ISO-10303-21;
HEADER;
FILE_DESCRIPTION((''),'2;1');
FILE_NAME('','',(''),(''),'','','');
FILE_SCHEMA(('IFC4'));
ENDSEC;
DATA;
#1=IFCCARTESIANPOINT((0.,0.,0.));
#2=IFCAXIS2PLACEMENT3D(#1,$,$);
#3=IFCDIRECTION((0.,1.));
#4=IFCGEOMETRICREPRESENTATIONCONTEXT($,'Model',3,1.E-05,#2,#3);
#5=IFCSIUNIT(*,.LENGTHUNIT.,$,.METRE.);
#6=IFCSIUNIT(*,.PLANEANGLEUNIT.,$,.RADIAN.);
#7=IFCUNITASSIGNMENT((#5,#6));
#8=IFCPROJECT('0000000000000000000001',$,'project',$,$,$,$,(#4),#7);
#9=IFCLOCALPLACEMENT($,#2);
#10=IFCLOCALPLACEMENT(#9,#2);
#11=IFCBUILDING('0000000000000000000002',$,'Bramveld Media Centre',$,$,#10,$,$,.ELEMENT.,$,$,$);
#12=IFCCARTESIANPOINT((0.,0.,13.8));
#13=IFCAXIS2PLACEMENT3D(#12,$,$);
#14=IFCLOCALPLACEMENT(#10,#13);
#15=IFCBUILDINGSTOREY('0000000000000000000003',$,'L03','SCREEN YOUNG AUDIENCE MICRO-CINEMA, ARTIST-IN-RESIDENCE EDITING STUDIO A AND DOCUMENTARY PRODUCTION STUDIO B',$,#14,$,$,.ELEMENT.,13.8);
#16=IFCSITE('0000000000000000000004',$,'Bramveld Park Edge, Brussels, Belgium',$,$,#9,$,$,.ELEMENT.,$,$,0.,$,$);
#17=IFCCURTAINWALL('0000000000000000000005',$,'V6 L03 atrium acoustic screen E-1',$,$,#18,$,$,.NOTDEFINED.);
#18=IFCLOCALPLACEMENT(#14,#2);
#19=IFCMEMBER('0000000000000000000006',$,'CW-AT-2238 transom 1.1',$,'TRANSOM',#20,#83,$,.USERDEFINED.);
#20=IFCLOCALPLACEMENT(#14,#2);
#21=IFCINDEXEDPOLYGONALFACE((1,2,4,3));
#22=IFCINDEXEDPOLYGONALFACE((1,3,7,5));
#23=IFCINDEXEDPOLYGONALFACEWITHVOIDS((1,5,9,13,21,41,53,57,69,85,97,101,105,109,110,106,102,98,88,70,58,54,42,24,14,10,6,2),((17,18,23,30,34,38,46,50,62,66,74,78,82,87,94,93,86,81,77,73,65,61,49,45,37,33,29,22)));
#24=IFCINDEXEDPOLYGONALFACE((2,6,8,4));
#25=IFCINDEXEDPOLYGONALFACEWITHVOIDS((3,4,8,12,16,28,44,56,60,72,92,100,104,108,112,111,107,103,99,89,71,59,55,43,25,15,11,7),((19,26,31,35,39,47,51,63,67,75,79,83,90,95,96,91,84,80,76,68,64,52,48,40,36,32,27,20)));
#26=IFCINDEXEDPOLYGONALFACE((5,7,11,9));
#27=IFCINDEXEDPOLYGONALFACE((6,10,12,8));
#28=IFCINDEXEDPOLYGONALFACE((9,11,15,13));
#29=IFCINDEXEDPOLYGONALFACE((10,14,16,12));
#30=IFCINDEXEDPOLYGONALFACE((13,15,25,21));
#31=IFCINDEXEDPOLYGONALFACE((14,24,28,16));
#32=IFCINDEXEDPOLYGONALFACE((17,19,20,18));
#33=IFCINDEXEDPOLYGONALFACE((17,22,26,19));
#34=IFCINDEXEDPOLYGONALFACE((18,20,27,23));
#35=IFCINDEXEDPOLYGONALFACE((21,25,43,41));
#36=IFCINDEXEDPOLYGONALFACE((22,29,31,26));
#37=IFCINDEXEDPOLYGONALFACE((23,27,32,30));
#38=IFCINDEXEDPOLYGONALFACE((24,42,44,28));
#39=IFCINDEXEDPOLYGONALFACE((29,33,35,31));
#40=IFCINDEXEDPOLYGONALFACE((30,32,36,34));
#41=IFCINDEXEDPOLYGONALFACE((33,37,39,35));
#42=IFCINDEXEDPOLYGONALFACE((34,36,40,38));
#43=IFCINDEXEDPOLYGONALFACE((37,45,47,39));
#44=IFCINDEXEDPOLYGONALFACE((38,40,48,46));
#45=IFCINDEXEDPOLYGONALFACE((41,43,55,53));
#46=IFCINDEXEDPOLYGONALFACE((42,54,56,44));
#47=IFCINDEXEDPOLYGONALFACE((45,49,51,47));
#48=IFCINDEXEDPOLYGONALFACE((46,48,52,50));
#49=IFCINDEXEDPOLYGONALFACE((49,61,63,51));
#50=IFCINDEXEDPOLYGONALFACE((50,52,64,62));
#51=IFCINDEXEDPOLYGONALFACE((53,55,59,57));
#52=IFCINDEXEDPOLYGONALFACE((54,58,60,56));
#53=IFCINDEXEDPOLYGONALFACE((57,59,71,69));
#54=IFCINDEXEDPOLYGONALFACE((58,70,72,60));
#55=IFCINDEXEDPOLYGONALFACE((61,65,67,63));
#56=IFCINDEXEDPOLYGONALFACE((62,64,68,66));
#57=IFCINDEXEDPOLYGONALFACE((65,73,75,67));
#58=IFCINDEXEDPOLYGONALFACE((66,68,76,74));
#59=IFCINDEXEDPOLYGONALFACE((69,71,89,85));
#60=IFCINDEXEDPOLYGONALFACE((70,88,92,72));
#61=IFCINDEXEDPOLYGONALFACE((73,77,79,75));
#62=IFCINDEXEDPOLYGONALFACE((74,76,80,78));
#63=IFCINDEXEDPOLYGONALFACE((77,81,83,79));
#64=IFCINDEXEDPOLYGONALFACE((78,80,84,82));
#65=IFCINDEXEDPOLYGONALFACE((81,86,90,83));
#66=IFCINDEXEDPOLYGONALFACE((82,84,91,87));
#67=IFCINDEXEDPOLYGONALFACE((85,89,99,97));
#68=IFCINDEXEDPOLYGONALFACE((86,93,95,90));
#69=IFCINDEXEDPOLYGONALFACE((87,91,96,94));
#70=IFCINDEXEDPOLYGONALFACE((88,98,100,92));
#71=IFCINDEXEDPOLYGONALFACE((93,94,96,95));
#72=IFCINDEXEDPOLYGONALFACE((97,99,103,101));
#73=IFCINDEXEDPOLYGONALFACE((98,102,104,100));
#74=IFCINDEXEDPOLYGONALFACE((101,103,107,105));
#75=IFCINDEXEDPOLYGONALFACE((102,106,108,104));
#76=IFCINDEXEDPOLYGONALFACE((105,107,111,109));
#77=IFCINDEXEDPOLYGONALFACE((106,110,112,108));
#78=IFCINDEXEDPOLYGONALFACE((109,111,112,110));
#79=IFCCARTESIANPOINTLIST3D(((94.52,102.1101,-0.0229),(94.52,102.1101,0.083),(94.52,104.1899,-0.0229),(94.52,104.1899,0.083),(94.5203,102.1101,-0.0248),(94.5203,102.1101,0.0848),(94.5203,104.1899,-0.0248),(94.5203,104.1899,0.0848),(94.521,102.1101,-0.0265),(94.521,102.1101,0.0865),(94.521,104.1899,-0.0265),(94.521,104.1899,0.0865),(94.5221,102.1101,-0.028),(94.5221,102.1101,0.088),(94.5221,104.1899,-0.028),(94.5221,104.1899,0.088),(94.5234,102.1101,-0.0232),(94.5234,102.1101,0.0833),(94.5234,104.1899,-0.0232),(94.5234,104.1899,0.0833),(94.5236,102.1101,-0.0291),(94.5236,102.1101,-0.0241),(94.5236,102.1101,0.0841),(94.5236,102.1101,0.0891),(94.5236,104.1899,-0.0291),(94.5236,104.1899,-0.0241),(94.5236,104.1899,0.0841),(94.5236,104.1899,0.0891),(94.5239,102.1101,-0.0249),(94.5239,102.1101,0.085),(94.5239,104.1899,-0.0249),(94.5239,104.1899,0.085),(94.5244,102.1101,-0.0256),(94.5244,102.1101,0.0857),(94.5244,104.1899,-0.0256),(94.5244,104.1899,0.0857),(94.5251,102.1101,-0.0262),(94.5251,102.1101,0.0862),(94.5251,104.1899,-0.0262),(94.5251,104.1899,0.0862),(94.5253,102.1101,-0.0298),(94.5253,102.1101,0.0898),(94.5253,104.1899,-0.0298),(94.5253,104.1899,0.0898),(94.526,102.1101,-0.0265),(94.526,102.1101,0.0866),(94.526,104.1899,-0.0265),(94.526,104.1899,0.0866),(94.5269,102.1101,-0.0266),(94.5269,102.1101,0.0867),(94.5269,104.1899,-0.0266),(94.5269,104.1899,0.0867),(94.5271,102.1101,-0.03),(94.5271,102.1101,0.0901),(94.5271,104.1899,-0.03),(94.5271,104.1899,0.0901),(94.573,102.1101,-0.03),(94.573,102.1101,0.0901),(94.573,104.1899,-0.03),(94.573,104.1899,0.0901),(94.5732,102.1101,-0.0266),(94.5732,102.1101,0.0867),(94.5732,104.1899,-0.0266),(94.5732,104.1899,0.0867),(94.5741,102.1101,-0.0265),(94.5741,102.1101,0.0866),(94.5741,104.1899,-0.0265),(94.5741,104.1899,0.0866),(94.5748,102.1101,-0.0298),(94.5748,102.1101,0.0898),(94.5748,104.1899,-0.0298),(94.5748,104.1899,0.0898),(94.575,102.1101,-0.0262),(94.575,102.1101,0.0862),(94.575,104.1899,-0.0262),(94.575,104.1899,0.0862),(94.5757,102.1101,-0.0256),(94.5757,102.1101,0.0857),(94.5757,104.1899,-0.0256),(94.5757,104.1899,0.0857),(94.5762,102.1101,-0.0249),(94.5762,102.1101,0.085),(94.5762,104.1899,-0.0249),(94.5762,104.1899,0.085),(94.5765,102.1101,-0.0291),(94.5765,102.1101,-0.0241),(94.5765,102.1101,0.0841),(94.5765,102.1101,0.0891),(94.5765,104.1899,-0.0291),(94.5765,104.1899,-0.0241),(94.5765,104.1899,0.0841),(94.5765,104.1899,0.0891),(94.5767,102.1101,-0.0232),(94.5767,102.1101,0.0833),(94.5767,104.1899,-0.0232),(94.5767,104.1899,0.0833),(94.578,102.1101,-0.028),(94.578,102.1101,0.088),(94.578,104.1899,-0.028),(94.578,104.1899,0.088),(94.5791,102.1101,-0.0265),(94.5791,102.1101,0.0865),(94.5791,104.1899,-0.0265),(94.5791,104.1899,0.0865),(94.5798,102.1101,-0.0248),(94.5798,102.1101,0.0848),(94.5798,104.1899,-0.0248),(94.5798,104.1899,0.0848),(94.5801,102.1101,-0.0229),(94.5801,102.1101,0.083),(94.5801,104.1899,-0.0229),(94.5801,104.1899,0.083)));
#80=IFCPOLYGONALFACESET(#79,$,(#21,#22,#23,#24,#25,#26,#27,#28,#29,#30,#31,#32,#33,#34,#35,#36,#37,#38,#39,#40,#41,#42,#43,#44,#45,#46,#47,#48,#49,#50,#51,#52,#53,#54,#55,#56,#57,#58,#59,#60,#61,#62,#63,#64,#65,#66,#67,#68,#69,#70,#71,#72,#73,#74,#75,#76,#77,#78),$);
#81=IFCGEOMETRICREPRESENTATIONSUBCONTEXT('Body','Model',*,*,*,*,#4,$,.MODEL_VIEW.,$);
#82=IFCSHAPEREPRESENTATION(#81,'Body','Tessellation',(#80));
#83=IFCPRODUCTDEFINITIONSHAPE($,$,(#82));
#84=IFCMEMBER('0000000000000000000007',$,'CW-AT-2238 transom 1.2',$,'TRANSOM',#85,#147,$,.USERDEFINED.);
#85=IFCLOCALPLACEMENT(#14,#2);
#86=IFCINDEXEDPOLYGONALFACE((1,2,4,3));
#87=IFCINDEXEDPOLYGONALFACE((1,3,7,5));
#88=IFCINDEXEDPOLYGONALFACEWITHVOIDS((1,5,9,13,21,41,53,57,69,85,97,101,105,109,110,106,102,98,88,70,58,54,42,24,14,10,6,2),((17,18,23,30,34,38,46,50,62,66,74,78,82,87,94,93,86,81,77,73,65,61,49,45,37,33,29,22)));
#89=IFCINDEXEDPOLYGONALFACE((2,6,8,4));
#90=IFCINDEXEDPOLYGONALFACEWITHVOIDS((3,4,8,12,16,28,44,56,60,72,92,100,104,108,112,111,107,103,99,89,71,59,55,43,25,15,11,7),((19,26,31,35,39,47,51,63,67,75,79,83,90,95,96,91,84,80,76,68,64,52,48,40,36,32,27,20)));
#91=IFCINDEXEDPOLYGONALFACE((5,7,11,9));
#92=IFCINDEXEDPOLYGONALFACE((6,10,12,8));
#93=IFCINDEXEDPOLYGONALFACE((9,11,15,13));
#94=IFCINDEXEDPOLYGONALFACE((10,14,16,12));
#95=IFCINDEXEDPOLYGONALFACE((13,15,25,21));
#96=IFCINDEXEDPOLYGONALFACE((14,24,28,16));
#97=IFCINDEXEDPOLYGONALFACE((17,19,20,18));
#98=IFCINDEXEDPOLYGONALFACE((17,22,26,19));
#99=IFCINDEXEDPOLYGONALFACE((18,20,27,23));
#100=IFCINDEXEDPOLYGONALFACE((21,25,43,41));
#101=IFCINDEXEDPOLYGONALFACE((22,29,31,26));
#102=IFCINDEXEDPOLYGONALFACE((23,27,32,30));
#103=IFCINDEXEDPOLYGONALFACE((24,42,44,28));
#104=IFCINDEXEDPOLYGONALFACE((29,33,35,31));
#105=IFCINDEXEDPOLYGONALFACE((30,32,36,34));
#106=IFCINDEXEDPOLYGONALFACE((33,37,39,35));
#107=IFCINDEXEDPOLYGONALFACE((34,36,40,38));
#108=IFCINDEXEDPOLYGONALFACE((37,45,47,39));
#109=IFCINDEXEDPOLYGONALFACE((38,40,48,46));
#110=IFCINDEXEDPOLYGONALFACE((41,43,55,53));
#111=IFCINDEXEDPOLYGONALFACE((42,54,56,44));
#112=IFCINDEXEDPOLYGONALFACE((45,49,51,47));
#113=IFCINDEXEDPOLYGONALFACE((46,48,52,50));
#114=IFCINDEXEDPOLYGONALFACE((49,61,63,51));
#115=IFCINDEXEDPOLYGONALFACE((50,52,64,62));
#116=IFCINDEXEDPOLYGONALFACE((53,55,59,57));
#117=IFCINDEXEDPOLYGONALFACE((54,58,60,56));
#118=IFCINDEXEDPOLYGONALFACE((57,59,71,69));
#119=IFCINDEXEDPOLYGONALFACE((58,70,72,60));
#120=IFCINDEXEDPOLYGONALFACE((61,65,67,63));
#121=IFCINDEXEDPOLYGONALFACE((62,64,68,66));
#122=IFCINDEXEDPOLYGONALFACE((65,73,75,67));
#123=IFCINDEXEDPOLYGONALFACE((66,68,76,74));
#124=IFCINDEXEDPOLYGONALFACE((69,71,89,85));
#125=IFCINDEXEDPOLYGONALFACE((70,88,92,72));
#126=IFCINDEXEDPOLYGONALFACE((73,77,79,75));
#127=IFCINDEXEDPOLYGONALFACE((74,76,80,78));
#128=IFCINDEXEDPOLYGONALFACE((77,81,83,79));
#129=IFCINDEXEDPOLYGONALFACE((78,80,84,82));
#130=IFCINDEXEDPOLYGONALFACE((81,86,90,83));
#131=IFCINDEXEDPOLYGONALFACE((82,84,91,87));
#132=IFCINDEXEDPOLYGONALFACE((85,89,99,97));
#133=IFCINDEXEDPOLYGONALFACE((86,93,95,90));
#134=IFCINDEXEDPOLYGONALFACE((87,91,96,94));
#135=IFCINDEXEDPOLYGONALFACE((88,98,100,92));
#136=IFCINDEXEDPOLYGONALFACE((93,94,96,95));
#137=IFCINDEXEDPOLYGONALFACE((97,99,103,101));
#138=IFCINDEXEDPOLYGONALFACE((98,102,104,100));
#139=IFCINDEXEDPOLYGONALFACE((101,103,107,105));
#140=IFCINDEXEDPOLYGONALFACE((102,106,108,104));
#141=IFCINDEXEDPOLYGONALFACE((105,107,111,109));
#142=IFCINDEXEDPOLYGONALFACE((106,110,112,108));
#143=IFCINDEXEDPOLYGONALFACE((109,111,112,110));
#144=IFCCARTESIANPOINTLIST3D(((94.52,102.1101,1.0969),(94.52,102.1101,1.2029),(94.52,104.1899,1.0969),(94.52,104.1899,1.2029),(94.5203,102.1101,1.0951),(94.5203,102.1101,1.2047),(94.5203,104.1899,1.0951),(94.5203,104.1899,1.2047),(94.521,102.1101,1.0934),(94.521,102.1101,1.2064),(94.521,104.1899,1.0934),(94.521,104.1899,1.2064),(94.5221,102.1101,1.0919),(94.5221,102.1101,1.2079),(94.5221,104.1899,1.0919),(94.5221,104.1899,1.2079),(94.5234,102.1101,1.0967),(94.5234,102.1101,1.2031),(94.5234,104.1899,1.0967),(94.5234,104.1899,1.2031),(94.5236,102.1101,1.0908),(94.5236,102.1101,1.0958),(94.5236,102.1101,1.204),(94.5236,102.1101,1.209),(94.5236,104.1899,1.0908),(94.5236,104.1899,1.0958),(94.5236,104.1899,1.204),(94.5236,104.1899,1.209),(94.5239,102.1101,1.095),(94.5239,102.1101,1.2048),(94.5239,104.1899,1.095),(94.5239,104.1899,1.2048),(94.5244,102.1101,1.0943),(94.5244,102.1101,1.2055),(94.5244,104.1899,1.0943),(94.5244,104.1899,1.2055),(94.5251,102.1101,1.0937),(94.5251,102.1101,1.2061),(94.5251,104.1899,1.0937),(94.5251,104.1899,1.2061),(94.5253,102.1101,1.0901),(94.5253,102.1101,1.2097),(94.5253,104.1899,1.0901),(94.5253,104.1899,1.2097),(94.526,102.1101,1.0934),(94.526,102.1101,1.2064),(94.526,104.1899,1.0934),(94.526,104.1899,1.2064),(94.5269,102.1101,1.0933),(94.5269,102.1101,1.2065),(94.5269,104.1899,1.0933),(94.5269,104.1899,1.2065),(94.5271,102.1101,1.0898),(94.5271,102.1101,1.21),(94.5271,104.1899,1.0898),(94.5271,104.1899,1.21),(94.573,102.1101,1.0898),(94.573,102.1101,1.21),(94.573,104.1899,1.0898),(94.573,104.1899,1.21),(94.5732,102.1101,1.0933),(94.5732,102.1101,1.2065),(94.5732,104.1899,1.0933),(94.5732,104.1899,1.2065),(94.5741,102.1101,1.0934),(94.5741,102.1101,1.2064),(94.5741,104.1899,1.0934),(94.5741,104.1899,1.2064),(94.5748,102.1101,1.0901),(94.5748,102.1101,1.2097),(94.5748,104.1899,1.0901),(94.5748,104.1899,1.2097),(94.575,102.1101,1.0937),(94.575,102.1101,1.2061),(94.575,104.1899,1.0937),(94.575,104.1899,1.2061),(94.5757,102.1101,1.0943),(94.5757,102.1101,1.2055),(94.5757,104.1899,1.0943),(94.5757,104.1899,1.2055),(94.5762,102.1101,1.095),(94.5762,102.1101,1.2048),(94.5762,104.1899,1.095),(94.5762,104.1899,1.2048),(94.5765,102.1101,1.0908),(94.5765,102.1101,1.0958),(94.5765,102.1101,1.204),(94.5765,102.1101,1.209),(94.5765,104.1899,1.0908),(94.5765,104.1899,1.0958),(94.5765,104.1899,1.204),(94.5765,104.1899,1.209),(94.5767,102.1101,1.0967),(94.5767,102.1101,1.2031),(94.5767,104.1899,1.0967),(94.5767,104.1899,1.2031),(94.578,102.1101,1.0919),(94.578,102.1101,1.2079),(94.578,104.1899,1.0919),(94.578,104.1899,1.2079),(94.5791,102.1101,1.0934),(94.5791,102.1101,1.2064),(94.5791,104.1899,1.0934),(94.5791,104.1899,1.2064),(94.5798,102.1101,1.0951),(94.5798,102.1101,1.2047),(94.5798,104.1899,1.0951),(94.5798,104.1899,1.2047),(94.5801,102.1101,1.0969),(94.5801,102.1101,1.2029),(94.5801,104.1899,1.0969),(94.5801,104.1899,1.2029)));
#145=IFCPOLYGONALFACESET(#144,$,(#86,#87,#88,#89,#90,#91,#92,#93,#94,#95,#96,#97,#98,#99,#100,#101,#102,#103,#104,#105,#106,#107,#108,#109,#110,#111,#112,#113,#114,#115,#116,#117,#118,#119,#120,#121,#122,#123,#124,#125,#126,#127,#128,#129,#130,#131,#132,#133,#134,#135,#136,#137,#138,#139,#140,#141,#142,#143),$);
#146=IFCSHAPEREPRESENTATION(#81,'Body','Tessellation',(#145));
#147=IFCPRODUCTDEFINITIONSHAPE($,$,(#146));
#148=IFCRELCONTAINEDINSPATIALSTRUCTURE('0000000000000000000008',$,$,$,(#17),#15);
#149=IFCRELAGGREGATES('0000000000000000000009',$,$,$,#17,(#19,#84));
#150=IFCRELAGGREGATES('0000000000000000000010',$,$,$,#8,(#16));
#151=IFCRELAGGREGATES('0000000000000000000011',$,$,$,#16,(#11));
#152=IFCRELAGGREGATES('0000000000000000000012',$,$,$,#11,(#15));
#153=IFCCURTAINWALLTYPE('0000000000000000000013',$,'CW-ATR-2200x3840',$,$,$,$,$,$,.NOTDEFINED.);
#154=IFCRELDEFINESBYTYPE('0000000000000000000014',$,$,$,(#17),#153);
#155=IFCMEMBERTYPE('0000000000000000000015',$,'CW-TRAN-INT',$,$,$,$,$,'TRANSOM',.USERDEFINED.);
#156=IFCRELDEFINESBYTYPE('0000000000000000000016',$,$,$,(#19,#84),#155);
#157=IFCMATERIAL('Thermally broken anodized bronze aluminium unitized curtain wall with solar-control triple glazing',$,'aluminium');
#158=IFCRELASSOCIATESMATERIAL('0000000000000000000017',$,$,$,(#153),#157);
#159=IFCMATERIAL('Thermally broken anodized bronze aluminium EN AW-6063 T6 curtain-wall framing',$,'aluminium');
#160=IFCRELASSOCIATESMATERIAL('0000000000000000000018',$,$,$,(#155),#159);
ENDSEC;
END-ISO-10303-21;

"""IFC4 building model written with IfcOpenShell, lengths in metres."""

from ifc_helpers import new_model, si_unit, direction, frame, origin, origin_2d, place, context, subcontext, project, spatial, hollow_rectangle, extrude, material, material_profile, profile_set, type_object, element, aggregate, save


model = new_model("IFC4")

# Units and contexts
model_context = context("Model", 3, precision=1e-05, world=origin(), true_north=direction((0.0, 1.0)))
body_context = subcontext(model_context, "Body", "Model", "MODEL_VIEW")
ifc_project = project(units=[si_unit("LENGTHUNIT", "METRE"), si_unit("PLANEANGLEUNIT", "RADIAN")], contexts=[model_context])

# Site, building, storey
site_placement = place(None, origin())
site = spatial("IfcSite", under=ifc_project, at=site_placement, Name="Bramveld Park Edge, Brussels, Belgium", CompositionType="ELEMENT", RefElevation=0.0)
building_placement = place(site_placement, origin())
building = spatial("IfcBuilding", under=site, at=building_placement, Name="Bramveld Media Centre", CompositionType="ELEMENT")
storey_placement = place(building_placement, frame((0.0, 0.0, 13.8)))
storey = spatial("IfcBuildingStorey", under=building, at=storey_placement, Name="L03", Description="SCREEN YOUNG AUDIENCE MICRO-CINEMA, ARTIST-IN-RESIDENCE EDITING STUDIO A AND DOCUMENTARY PRODUCTION STUDIO B", CompositionType="ELEMENT", Elevation=13.8)

# Curtain wall
ifc_material_1 = material(Name="Thermally broken anodized bronze aluminium unitized curtain wall with solar-control triple glazing", Category="aluminium")
curtain_wall_type_1 = type_object("IfcCurtainWallType", Name="CW-ATR-2200x3840", PredefinedType="NOTDEFINED", material=ifc_material_1)
curtain_wall_1_placement = place(storey_placement, origin())
curtain_wall_1 = element("IfcCurtainWall", 1, at=curtain_wall_1_placement, inside=storey, type_object=curtain_wall_type_1, Name="V6 L03 atrium acoustic screen E-1", PredefinedType="NOTDEFINED")

# Members
ifc_material_2 = material(Name="Thermally broken anodized bronze aluminium EN AW-6063 T6 curtain-wall framing", Category="aluminium")
ifc_material_profile_1 = material_profile(ifc_material_2, hollow_rectangle(XDim=0.0601, YDim=0.1201, WallThickness=0.0034, InnerFilletRadius=0.0034, OuterFilletRadius=0.0071, at=origin_2d()), Name="AL-TRAN 60x120")
ifc_profile_set_1 = profile_set([ifc_material_profile_1], Name="Thermally broken anodized bronze aluminium EN AW-6063 T6 curtain-wall framing")
member_type_1 = type_object("IfcMemberType", Name="CW-TRAN-INT", ElementType="TRANSOM", PredefinedType="USERDEFINED", material=ifc_profile_set_1)
member_1_placement = place(storey_placement, frame((94.55, 102.1101, 0.03), z_axis=(0.0, 1.0, 0.0), x_axis=(-1.0, 0.0, 0.0)))
member_1 = element("IfcMember", 2, at=member_1_placement, type_object=member_type_1, Name="CW-AT-2238 transom 1.1", ObjectType="TRANSOM", PredefinedType="USERDEFINED", context=body_context, shape_type="SweptSolid", body=[
    extrude(hollow_rectangle(XDim=0.0601, YDim=0.1201, WallThickness=0.0034, InnerFilletRadius=0.0034, OuterFilletRadius=0.0071, at=origin_2d()), origin(), (0.0, 0.0, 1.0), 2.0798),
])
member_2_placement = place(storey_placement, frame((94.55, 102.1101, 1.1499), z_axis=(0.0, 1.0, 0.0), x_axis=(-1.0, 0.0, 0.0)))
member_2 = element("IfcMember", 3, at=member_2_placement, type_object=member_type_1, Name="CW-AT-2238 transom 1.2", ObjectType="TRANSOM", PredefinedType="USERDEFINED", context=body_context, shape_type="SweptSolid", body=[
    extrude(hollow_rectangle(XDim=0.0601, YDim=0.1201, WallThickness=0.0034, InnerFilletRadius=0.0034, OuterFilletRadius=0.0071, at=origin_2d()), origin(), (0.0, 0.0, 1.0), 2.0798),
])

aggregate(curtain_wall_1, [member_1, member_2])

save(model, "model.ifc")
